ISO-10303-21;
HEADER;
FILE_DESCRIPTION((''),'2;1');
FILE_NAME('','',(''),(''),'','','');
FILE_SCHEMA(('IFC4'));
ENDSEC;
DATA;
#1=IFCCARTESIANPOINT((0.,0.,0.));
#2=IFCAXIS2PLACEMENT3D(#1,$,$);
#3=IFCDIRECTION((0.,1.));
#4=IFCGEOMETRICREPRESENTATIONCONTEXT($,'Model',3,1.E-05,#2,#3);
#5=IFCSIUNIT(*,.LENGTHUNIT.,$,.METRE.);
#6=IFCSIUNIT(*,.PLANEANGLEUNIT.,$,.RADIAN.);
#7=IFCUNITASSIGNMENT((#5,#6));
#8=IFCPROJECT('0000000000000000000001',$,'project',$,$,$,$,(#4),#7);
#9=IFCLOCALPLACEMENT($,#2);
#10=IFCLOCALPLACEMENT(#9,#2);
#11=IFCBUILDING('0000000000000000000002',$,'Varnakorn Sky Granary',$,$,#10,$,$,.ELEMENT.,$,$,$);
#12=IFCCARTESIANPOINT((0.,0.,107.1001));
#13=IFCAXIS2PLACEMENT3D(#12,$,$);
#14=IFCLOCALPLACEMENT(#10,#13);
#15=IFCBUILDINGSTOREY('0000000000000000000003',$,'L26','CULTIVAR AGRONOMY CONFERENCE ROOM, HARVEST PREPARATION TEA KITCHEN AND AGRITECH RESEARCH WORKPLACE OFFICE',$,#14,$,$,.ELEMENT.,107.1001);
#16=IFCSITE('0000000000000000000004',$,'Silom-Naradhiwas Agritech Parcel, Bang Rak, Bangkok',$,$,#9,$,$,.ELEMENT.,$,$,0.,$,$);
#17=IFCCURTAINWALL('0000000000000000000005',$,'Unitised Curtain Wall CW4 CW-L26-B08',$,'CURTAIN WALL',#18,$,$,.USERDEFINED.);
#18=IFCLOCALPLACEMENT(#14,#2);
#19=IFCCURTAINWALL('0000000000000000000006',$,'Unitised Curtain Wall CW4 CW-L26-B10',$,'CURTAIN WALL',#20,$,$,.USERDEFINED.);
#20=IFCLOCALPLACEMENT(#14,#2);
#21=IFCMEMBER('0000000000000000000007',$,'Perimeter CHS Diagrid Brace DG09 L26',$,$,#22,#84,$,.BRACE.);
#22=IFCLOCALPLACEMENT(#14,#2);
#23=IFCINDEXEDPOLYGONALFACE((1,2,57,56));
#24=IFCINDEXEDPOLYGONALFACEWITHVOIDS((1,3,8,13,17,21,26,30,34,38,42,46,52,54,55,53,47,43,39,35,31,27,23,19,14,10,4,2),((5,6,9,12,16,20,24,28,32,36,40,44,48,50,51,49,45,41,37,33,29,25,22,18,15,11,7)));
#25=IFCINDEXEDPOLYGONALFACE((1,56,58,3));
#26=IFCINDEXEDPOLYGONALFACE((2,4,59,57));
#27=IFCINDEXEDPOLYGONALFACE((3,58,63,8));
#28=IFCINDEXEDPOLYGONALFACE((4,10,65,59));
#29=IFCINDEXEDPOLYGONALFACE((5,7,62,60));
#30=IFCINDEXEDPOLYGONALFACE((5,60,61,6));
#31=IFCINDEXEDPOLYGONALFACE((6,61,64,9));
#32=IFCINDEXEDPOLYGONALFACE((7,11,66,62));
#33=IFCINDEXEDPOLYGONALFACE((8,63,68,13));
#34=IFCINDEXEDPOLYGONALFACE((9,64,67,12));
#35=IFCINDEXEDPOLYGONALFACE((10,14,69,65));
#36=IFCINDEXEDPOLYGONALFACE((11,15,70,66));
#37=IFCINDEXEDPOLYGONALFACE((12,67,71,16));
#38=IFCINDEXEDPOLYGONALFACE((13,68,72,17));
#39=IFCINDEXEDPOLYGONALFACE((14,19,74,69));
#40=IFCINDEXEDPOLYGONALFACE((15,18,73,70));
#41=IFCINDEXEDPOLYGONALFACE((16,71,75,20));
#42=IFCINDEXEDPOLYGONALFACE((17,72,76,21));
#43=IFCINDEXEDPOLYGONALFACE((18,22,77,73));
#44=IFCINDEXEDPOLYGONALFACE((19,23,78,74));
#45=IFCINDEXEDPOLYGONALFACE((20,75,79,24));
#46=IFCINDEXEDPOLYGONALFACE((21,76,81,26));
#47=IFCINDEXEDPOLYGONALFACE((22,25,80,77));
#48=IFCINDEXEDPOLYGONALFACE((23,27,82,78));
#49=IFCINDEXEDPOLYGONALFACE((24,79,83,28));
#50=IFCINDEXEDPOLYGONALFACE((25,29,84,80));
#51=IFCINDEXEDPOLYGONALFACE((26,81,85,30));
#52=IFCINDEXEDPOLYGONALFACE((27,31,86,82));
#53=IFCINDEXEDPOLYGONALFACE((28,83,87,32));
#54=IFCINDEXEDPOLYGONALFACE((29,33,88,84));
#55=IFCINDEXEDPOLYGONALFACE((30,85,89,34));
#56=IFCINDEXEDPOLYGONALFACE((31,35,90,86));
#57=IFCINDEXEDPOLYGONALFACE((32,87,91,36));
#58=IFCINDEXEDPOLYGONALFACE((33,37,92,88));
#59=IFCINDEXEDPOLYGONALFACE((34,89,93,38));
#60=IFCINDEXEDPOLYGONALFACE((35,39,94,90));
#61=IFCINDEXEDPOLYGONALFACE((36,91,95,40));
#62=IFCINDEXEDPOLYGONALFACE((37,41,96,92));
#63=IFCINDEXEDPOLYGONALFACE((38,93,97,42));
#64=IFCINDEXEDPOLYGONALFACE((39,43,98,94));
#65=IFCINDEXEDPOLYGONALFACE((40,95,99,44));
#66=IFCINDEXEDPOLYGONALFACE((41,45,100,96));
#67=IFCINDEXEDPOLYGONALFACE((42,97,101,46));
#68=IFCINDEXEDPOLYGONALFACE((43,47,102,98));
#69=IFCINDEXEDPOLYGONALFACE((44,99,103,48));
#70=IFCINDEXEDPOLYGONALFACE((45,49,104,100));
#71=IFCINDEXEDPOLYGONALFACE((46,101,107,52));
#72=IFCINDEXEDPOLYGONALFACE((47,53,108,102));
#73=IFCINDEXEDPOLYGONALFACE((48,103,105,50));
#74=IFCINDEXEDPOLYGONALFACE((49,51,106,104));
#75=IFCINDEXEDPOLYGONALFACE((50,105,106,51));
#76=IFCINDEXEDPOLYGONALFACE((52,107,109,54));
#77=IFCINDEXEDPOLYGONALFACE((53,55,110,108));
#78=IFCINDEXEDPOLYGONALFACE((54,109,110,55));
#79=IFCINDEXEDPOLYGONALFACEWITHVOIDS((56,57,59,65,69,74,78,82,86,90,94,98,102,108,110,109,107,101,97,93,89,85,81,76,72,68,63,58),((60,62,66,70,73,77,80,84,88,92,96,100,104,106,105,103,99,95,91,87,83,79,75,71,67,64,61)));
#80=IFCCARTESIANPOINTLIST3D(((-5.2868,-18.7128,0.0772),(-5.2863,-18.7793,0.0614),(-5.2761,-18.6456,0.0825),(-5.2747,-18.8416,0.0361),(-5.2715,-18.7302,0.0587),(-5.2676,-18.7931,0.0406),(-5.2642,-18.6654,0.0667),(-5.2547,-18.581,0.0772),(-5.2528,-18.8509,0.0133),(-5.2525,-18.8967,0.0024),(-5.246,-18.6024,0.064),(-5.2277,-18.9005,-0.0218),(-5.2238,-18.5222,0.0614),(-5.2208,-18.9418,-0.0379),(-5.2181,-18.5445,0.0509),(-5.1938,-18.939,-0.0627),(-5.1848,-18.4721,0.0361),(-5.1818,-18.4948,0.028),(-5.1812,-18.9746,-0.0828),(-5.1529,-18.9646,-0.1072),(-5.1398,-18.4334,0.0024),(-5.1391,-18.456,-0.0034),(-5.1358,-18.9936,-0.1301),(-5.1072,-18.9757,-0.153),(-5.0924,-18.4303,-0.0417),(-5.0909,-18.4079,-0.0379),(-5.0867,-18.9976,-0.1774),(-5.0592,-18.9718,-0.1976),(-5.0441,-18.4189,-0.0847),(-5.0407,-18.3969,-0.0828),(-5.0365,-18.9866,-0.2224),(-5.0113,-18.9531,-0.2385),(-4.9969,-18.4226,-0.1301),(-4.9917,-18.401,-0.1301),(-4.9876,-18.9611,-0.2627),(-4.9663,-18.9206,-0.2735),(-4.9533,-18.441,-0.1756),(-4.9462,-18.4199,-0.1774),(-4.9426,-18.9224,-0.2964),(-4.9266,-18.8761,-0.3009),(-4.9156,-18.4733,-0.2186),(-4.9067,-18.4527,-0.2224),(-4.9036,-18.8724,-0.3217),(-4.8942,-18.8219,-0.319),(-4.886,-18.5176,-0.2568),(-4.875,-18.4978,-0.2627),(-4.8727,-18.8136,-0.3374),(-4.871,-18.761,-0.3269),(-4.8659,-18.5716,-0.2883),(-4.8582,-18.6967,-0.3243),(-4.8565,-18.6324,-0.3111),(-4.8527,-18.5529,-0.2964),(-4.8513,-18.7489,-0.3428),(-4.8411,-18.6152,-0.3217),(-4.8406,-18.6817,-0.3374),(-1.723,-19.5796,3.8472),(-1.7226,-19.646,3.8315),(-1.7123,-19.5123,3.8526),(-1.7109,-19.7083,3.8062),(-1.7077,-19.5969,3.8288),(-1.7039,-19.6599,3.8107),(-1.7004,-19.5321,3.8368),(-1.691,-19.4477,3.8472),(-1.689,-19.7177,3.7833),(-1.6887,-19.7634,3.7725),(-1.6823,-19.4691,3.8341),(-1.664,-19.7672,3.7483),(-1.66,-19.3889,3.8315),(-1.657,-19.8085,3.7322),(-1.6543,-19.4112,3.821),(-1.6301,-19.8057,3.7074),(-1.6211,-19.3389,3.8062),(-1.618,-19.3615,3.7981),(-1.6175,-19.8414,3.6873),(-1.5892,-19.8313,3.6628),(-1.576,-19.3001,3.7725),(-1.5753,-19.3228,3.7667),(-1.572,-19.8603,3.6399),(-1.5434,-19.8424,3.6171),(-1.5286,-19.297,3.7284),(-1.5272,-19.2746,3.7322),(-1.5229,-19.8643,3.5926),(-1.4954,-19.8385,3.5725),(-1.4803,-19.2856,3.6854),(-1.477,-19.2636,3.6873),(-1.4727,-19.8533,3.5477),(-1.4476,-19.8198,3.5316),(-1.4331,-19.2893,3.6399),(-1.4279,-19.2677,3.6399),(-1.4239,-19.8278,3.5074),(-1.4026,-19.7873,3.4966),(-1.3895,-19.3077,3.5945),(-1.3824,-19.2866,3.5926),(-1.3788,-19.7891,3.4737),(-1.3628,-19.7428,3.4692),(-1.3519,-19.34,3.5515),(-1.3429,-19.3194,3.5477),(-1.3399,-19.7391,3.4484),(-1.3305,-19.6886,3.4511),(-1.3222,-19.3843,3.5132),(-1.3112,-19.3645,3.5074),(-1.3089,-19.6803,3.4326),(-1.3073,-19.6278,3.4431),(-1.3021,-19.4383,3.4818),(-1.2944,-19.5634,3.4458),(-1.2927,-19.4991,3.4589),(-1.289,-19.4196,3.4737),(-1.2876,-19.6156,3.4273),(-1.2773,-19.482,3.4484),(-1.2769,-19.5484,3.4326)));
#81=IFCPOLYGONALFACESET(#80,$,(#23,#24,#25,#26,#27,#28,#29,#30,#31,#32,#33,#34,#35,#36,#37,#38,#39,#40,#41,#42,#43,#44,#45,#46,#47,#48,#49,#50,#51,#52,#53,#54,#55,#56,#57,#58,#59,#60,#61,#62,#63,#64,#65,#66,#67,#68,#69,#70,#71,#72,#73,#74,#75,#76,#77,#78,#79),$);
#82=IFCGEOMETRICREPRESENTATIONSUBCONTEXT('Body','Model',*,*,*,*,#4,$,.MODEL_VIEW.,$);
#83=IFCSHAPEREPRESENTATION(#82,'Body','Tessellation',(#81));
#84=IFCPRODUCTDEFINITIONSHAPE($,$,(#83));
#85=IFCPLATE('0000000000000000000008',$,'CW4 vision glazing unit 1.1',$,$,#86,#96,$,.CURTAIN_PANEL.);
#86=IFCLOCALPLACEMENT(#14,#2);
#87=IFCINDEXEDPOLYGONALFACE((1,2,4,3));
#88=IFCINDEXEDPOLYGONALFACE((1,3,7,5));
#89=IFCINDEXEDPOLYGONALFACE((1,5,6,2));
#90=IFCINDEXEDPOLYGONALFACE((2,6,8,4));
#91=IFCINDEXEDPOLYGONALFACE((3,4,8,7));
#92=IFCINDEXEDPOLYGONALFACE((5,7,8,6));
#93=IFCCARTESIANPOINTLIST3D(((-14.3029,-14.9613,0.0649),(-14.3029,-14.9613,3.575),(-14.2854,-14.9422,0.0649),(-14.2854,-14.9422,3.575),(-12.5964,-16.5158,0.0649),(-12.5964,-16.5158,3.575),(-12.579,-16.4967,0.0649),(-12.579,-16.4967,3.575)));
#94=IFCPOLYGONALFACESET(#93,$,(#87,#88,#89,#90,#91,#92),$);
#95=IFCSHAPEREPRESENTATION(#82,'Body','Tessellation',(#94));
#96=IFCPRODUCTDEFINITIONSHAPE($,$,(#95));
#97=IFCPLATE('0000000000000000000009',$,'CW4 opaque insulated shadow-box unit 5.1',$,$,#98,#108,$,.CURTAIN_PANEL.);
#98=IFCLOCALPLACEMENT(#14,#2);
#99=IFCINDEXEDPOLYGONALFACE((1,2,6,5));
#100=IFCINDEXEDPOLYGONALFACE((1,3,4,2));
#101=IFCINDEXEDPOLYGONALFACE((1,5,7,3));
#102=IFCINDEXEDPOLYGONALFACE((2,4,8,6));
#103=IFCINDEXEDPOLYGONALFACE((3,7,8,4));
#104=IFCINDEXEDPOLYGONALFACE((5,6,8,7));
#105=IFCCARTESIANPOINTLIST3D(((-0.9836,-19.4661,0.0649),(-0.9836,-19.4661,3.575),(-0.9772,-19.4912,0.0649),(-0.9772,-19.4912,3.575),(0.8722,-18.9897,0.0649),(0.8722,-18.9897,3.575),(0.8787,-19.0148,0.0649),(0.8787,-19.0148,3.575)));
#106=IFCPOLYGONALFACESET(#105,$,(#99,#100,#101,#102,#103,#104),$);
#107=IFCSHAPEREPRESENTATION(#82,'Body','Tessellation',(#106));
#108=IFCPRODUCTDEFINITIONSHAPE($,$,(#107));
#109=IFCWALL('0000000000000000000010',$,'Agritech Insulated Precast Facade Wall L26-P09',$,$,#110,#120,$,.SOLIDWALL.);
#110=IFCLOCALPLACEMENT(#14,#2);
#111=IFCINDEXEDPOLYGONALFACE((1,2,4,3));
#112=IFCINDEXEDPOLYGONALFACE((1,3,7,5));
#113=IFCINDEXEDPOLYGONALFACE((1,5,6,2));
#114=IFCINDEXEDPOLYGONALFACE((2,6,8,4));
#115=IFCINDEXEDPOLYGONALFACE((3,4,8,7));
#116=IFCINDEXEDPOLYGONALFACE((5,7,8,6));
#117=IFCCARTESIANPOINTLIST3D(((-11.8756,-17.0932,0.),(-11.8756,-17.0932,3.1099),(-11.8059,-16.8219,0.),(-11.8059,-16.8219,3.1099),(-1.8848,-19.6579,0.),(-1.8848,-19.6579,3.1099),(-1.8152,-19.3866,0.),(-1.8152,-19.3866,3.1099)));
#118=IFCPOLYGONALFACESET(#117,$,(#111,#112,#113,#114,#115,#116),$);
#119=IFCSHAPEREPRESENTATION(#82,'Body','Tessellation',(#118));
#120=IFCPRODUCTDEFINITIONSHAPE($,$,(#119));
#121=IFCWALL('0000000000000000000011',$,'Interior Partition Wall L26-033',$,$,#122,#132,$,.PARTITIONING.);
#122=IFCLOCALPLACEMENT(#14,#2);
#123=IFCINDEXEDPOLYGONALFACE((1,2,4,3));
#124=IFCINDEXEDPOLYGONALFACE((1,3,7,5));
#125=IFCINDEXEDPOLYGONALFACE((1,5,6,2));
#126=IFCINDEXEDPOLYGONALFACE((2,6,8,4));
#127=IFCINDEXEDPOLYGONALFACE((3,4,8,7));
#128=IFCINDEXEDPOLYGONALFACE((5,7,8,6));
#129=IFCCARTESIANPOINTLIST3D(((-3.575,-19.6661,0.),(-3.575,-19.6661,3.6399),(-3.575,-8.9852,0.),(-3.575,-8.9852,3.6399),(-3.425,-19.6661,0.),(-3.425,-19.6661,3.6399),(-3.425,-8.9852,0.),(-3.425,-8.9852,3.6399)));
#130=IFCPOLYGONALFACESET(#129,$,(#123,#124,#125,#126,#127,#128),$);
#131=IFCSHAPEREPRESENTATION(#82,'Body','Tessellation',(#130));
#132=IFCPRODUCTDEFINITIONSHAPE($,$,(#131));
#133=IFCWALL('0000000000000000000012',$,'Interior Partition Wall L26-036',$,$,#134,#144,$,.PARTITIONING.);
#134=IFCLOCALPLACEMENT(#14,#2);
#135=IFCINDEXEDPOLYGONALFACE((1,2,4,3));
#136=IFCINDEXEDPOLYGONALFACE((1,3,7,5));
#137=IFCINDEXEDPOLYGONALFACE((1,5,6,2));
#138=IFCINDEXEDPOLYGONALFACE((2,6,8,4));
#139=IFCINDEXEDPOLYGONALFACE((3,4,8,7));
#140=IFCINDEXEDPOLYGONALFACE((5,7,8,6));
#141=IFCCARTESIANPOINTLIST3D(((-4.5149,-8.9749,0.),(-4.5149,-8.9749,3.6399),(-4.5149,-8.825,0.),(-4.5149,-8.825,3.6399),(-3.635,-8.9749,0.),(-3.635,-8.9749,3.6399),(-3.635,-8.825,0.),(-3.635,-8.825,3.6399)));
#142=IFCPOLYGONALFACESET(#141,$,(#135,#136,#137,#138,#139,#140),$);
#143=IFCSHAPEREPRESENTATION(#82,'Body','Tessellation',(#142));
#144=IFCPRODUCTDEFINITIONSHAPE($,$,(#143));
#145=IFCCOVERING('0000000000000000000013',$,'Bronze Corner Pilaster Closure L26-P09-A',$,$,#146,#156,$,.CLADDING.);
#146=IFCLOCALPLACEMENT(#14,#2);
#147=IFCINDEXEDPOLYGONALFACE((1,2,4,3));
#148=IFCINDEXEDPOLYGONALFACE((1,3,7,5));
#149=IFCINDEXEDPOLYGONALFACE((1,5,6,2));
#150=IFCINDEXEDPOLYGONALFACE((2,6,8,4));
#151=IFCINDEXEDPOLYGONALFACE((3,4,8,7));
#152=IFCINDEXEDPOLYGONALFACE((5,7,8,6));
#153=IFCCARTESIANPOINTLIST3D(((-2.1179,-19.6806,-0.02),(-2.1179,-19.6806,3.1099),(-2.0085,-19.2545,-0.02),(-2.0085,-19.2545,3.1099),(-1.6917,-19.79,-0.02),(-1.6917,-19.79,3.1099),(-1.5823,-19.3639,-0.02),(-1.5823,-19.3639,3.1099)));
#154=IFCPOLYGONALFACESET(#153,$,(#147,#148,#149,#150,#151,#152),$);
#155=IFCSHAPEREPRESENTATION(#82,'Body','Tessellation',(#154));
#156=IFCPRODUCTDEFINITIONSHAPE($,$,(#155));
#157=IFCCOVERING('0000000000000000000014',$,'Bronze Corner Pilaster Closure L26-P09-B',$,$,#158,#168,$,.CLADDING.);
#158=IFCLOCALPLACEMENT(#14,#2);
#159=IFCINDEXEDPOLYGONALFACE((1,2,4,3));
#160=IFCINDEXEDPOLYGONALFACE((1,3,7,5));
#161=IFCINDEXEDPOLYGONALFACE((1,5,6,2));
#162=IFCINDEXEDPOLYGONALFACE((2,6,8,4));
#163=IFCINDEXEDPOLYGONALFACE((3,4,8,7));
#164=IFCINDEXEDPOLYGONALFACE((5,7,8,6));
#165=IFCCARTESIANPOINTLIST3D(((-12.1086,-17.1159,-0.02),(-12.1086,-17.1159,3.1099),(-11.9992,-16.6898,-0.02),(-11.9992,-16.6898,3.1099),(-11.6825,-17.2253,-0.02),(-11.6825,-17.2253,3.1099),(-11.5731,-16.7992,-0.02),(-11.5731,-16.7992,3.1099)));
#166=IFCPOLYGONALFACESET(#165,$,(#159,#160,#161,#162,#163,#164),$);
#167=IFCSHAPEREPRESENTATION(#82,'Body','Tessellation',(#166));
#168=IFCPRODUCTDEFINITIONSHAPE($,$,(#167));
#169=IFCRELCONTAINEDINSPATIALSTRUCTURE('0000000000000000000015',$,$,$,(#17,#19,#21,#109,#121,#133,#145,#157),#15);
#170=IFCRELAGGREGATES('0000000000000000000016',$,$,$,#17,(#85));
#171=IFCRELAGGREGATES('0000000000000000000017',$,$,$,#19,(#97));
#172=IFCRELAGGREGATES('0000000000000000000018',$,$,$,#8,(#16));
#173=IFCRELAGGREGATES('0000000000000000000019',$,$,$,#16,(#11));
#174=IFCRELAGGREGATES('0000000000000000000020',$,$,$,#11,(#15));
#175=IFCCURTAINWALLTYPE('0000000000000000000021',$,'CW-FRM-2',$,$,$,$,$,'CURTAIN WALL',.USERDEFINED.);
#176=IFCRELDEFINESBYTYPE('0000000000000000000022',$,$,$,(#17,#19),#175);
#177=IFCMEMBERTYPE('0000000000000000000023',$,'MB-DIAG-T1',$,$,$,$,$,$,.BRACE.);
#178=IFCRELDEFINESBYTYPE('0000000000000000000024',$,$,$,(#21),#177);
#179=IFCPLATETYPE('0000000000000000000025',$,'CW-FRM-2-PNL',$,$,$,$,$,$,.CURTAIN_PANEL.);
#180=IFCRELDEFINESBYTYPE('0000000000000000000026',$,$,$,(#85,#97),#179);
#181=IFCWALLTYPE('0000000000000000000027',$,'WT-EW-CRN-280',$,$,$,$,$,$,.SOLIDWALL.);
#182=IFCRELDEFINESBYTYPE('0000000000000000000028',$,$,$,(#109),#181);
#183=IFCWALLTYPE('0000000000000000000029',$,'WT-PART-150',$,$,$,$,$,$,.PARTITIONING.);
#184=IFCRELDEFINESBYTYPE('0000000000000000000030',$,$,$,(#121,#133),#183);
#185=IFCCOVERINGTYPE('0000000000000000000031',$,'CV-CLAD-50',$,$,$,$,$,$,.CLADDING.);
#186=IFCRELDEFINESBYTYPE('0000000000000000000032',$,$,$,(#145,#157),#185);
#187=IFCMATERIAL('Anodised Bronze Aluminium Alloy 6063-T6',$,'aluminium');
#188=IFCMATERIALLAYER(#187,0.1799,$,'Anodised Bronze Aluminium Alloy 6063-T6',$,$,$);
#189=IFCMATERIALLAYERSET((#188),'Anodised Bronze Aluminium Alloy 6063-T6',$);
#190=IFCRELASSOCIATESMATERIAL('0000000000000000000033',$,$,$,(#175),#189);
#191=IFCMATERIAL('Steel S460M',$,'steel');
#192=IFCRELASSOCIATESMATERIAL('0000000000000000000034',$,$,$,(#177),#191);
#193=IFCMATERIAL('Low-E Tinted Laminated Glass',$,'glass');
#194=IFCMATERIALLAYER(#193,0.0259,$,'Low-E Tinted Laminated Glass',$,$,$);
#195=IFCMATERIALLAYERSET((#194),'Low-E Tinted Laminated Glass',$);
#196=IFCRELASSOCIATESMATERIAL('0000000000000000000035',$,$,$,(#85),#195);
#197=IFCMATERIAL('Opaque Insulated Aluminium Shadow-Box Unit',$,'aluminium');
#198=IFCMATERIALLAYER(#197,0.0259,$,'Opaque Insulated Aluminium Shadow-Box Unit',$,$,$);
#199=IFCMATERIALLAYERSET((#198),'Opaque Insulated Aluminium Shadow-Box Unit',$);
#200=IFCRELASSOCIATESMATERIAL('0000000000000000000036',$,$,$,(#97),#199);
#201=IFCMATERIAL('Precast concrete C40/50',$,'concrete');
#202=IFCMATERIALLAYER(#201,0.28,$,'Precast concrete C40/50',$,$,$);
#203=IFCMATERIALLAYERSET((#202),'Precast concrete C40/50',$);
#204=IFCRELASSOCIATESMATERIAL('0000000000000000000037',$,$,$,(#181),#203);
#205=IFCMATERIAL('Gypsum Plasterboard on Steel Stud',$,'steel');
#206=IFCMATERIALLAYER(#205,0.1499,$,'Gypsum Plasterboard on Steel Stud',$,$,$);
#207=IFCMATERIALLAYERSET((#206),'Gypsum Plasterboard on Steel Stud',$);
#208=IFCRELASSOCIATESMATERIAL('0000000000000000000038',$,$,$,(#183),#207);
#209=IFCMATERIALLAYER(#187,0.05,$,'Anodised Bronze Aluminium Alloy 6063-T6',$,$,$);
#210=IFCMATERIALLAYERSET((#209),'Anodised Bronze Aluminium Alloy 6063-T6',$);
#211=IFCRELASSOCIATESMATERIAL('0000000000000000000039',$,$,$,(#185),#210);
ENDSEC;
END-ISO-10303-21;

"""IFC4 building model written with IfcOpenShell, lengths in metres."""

from ifc_helpers import new_model, si_unit, direction, frame, frame_2d, origin, origin_2d, place, context, subcontext, project, spatial, rectangle, hollow_circle, extrude, source, transform, mapped, material, layer, layer_set, material_profile, profile_set, type_object, type_shapes, element, aggregate, save


model = new_model("IFC4")

# Units and contexts
model_context = context("Model", 3, precision=1e-05, world=origin(), true_north=direction((0.0, 1.0)))
body_context = subcontext(model_context, "Body", "Model", "MODEL_VIEW")
ifc_project = project(units=[si_unit("LENGTHUNIT", "METRE"), si_unit("PLANEANGLEUNIT", "RADIAN")], contexts=[model_context])

# Site, building, storey
site_placement = place(None, origin())
site = spatial("IfcSite", under=ifc_project, at=site_placement, Name="Silom-Naradhiwas Agritech Parcel, Bang Rak, Bangkok", CompositionType="ELEMENT", RefElevation=0.0)
building_placement = place(site_placement, origin())
building = spatial("IfcBuilding", under=site, at=building_placement, Name="Varnakorn Sky Granary", CompositionType="ELEMENT")
storey_placement = place(building_placement, frame((0.0, 0.0, 107.1001)))
storey = spatial("IfcBuildingStorey", under=building, at=storey_placement, Name="L26", Description="CULTIVAR AGRONOMY CONFERENCE ROOM, HARVEST PREPARATION TEA KITCHEN AND AGRITECH RESEARCH WORKPLACE OFFICE", CompositionType="ELEMENT", Elevation=107.1001)

# Shared definitions
ifc_material_1 = material(Name="Steel S460M", Category="steel")

# Curtain wall
ifc_material_2 = material(Name="Anodised Bronze Aluminium Alloy 6063-T6", Category="aluminium")
ifc_layer_1 = layer(ifc_material_2, 0.1799, Name="Anodised Bronze Aluminium Alloy 6063-T6")
ifc_layer_set_1 = layer_set([ifc_layer_1], Name="Anodised Bronze Aluminium Alloy 6063-T6")
curtain_wall_type = type_object("IfcCurtainWallType", Name="CW-FRM-2", ElementType="CURTAIN WALL", PredefinedType="USERDEFINED", material=ifc_layer_set_1)
curtain_wall_1_placement = place(storey_placement, origin())
curtain_wall_1 = element("IfcCurtainWall", 1, at=curtain_wall_1_placement, inside=storey, type_object=curtain_wall_type, Name="Unitised Curtain Wall CW4 CW-L26-B08", ObjectType="CURTAIN WALL", PredefinedType="USERDEFINED")

# Curtain wall
curtain_wall_2_placement = place(storey_placement, origin())
curtain_wall_2 = element("IfcCurtainWall", 2, at=curtain_wall_2_placement, inside=storey, type_object=curtain_wall_type, Name="Unitised Curtain Wall CW4 CW-L26-B10", ObjectType="CURTAIN WALL", PredefinedType="USERDEFINED")

# Member
ifc_material_profile_1 = material_profile(ifc_material_1, hollow_circle(Radius=0.3049, WallThickness=0.0222, at=origin_2d()), Name="CHS 610x22")
ifc_profile_set_1 = profile_set([ifc_material_profile_1], Name="Steel S460M")
member_type_1 = type_object("IfcMemberType", Name="MB-DIAG-T1", PredefinedType="BRACE", material=ifc_profile_set_1)
member_1_placement = place(storey_placement, frame((-5.0637, -18.6973, -0.1301), z_axis=(0.677554, -0.164781, 0.716776), x_axis=(0.236313, 0.971677, 0.0)))
element("IfcMember", 3, at=member_1_placement, inside=storey, type_object=member_type_1, Name="Perimeter CHS Diagrid Brace DG09 L26", PredefinedType="BRACE", context=body_context, shape_type="SweptSolid", body=[
    extrude(hollow_circle(Radius=0.3049, WallThickness=0.0222, at=origin_2d()), origin(), (0.0, 0.0, 1.0), 5.2598),
])

# Plates
ifc_material_3 = material(Name="Low-E Tinted Laminated Glass", Category="glass")
ifc_layer_2 = layer(ifc_material_3, 0.0259, Name="Low-E Tinted Laminated Glass")
ifc_layer_set_2 = layer_set([ifc_layer_2], Name="Low-E Tinted Laminated Glass")
plate_type = type_object("IfcPlateType", Name="CW-FRM-2-PNL", PredefinedType="CURTAIN_PANEL")
shared_shape_1 = source(origin(), body_context, "Body", "SweptSolid", [
    extrude(rectangle(XDim=2.3083, YDim=0.0259, at=origin_2d()), origin(), (0.0, 0.0, 1.0), 3.51),
])
plate_1_placement = place(storey_placement, frame((-13.4409, -15.729, 0.0649), z_axis=(0.0, 0.0, 1.0), x_axis=(-0.739265, 0.673414, 0.0)))
plate_1 = element("IfcPlate", 4, at=plate_1_placement, type_object=plate_type, material=ifc_layer_set_2, Name="CW4 vision glazing unit 1.1", PredefinedType="CURTAIN_PANEL", context=body_context, shape_type="MappedRepresentation", body=[
    mapped(shared_shape_1, transform((0.0, 0.0, 0.0), x_axis=(1.0, 0.0, 0.0), y_axis=(0.0, 1.0, 0.0), z_axis=(0.0, 0.0, 1.0), scale=1.0)),
])
aggregate(curtain_wall_1, [plate_1])
ifc_material_4 = material(Name="Opaque Insulated Aluminium Shadow-Box Unit", Category="aluminium")
ifc_layer_3 = layer(ifc_material_4, 0.0259, Name="Opaque Insulated Aluminium Shadow-Box Unit")
ifc_layer_set_3 = layer_set([ifc_layer_3], Name="Opaque Insulated Aluminium Shadow-Box Unit")
shared_shape_2 = source(origin(), body_context, "Body", "SweptSolid", [
    extrude(rectangle(XDim=1.916, YDim=0.0259, at=origin_2d()), origin(), (0.0, 0.0, 1.0), 3.51),
])
type_shapes(plate_type, [shared_shape_1, shared_shape_2])
plate_2_placement = place(storey_placement, frame((-0.0525, -19.2405, 0.0649), z_axis=(0.0, 0.0, 1.0), x_axis=(-0.968597, -0.248636, 0.0)))
plate_2 = element("IfcPlate", 5, at=plate_2_placement, type_object=plate_type, material=ifc_layer_set_3, Name="CW4 opaque insulated shadow-box unit 5.1", PredefinedType="CURTAIN_PANEL", context=body_context, shape_type="MappedRepresentation", body=[
    mapped(shared_shape_2, transform((0.0, 0.0, 0.0), x_axis=(1.0, 0.0, 0.0), y_axis=(0.0, 1.0, 0.0), z_axis=(0.0, 0.0, 1.0), scale=1.0)),
])
aggregate(curtain_wall_2, [plate_2])

# Walls
ifc_material_5 = material(Name="Precast concrete C40/50", Category="concrete")
ifc_layer_4 = layer(ifc_material_5, 0.28, Name="Precast concrete C40/50")
ifc_layer_set_4 = layer_set([ifc_layer_4], Name="Precast concrete C40/50")
wall_type_1 = type_object("IfcWallType", Name="WT-EW-CRN-280", PredefinedType="SOLIDWALL", material=ifc_layer_set_4)
wall_1_placement = place(storey_placement, frame((-1.8501, -19.5222, 0.0), z_axis=(0.0, 0.0, 1.0), x_axis=(-0.968594, 0.248646, 0.0)))
element("IfcWall", 6, at=wall_1_placement, inside=storey, type_object=wall_type_1, Name="Agritech Insulated Precast Facade Wall L26-P09", PredefinedType="SOLIDWALL", context=body_context, shape_type="SweptSolid", body=[
    extrude(rectangle(XDim=10.3147, YDim=0.28, at=frame_2d((5.1572, 0.0))), origin(), (0.0, 0.0, 1.0), 3.1099),
])
ifc_material_6 = material(Name="Gypsum Plasterboard on Steel Stud", Category="steel")
ifc_layer_5 = layer(ifc_material_6, 0.1499, Name="Gypsum Plasterboard on Steel Stud")
ifc_layer_set_5 = layer_set([ifc_layer_5], Name="Gypsum Plasterboard on Steel Stud")
wall_type_2 = type_object("IfcWallType", Name="WT-PART-150", PredefinedType="PARTITIONING", material=ifc_layer_set_5)
wall_2_placement = place(storey_placement, frame((-3.5, -19.666, 0.0), z_axis=(0.0, 0.0, 1.0), x_axis=(0.0, 1.0, 0.0)))
element("IfcWall", 7, at=wall_2_placement, inside=storey, type_object=wall_type_2, Name="Interior Partition Wall L26-033", PredefinedType="PARTITIONING", context=body_context, shape_type="SweptSolid", body=[
    extrude(rectangle(XDim=10.6809, YDim=0.1499, at=frame_2d((5.3403, 0.0))), origin(), (0.0, 0.0, 1.0), 3.6399),
])
wall_3_placement = place(storey_placement, frame((-4.5149, -8.8999, 0.0), z_axis=(0.0, 0.0, 1.0), x_axis=(1.0, 0.0, 0.0)))
element("IfcWall", 8, at=wall_3_placement, inside=storey, type_object=wall_type_2, Name="Interior Partition Wall L26-036", PredefinedType="PARTITIONING", context=body_context, shape_type="SweptSolid", body=[
    extrude(rectangle(XDim=0.8799, YDim=0.1499, at=frame_2d((0.4399, 0.0))), origin(), (0.0, 0.0, 1.0), 3.6399),
])

# Coverings
ifc_layer_6 = layer(ifc_material_2, 0.05, Name="Anodised Bronze Aluminium Alloy 6063-T6")
ifc_layer_set_6 = layer_set([ifc_layer_6], Name="Anodised Bronze Aluminium Alloy 6063-T6")
covering_type = type_object("IfcCoveringType", Name="CV-CLAD-50", PredefinedType="CLADDING", material=ifc_layer_set_6)
shared_shape_3 = source(origin(), body_context, "Body", "SweptSolid", [
    extrude(rectangle(XDim=0.4399, YDim=0.4399, at=origin_2d()), origin(), (0.0, 0.0, 1.0), 3.1299),
])
type_shapes(covering_type, [shared_shape_3])
for number, where, z_axis, x_axis, name in (
    (9, (-1.8501, -19.5222, -0.02), (0.0, 0.0, 1.0), (-0.968583, 0.24869, 0.0), "Bronze Corner Pilaster Closure L26-P09-A"),
    (10, (-11.8408, -16.9575, -0.02), (0.0, 0.0, 1.0), (-0.968583, 0.24869, 0.0), "Bronze Corner Pilaster Closure L26-P09-B"),
):
    element("IfcCovering", number, at=place(storey_placement, frame(where, z_axis=z_axis, x_axis=x_axis)), inside=storey, type_object=covering_type, Name=name, PredefinedType="CLADDING", context=body_context, shape_type="MappedRepresentation", body=[
        mapped(shared_shape_3, transform((0.0, 0.0, 0.0), x_axis=(1.0, 0.0, 0.0), y_axis=(0.0, 1.0, 0.0), z_axis=(0.0, 0.0, 1.0), scale=1.0)),
    ])

save(model, "model.ifc")
